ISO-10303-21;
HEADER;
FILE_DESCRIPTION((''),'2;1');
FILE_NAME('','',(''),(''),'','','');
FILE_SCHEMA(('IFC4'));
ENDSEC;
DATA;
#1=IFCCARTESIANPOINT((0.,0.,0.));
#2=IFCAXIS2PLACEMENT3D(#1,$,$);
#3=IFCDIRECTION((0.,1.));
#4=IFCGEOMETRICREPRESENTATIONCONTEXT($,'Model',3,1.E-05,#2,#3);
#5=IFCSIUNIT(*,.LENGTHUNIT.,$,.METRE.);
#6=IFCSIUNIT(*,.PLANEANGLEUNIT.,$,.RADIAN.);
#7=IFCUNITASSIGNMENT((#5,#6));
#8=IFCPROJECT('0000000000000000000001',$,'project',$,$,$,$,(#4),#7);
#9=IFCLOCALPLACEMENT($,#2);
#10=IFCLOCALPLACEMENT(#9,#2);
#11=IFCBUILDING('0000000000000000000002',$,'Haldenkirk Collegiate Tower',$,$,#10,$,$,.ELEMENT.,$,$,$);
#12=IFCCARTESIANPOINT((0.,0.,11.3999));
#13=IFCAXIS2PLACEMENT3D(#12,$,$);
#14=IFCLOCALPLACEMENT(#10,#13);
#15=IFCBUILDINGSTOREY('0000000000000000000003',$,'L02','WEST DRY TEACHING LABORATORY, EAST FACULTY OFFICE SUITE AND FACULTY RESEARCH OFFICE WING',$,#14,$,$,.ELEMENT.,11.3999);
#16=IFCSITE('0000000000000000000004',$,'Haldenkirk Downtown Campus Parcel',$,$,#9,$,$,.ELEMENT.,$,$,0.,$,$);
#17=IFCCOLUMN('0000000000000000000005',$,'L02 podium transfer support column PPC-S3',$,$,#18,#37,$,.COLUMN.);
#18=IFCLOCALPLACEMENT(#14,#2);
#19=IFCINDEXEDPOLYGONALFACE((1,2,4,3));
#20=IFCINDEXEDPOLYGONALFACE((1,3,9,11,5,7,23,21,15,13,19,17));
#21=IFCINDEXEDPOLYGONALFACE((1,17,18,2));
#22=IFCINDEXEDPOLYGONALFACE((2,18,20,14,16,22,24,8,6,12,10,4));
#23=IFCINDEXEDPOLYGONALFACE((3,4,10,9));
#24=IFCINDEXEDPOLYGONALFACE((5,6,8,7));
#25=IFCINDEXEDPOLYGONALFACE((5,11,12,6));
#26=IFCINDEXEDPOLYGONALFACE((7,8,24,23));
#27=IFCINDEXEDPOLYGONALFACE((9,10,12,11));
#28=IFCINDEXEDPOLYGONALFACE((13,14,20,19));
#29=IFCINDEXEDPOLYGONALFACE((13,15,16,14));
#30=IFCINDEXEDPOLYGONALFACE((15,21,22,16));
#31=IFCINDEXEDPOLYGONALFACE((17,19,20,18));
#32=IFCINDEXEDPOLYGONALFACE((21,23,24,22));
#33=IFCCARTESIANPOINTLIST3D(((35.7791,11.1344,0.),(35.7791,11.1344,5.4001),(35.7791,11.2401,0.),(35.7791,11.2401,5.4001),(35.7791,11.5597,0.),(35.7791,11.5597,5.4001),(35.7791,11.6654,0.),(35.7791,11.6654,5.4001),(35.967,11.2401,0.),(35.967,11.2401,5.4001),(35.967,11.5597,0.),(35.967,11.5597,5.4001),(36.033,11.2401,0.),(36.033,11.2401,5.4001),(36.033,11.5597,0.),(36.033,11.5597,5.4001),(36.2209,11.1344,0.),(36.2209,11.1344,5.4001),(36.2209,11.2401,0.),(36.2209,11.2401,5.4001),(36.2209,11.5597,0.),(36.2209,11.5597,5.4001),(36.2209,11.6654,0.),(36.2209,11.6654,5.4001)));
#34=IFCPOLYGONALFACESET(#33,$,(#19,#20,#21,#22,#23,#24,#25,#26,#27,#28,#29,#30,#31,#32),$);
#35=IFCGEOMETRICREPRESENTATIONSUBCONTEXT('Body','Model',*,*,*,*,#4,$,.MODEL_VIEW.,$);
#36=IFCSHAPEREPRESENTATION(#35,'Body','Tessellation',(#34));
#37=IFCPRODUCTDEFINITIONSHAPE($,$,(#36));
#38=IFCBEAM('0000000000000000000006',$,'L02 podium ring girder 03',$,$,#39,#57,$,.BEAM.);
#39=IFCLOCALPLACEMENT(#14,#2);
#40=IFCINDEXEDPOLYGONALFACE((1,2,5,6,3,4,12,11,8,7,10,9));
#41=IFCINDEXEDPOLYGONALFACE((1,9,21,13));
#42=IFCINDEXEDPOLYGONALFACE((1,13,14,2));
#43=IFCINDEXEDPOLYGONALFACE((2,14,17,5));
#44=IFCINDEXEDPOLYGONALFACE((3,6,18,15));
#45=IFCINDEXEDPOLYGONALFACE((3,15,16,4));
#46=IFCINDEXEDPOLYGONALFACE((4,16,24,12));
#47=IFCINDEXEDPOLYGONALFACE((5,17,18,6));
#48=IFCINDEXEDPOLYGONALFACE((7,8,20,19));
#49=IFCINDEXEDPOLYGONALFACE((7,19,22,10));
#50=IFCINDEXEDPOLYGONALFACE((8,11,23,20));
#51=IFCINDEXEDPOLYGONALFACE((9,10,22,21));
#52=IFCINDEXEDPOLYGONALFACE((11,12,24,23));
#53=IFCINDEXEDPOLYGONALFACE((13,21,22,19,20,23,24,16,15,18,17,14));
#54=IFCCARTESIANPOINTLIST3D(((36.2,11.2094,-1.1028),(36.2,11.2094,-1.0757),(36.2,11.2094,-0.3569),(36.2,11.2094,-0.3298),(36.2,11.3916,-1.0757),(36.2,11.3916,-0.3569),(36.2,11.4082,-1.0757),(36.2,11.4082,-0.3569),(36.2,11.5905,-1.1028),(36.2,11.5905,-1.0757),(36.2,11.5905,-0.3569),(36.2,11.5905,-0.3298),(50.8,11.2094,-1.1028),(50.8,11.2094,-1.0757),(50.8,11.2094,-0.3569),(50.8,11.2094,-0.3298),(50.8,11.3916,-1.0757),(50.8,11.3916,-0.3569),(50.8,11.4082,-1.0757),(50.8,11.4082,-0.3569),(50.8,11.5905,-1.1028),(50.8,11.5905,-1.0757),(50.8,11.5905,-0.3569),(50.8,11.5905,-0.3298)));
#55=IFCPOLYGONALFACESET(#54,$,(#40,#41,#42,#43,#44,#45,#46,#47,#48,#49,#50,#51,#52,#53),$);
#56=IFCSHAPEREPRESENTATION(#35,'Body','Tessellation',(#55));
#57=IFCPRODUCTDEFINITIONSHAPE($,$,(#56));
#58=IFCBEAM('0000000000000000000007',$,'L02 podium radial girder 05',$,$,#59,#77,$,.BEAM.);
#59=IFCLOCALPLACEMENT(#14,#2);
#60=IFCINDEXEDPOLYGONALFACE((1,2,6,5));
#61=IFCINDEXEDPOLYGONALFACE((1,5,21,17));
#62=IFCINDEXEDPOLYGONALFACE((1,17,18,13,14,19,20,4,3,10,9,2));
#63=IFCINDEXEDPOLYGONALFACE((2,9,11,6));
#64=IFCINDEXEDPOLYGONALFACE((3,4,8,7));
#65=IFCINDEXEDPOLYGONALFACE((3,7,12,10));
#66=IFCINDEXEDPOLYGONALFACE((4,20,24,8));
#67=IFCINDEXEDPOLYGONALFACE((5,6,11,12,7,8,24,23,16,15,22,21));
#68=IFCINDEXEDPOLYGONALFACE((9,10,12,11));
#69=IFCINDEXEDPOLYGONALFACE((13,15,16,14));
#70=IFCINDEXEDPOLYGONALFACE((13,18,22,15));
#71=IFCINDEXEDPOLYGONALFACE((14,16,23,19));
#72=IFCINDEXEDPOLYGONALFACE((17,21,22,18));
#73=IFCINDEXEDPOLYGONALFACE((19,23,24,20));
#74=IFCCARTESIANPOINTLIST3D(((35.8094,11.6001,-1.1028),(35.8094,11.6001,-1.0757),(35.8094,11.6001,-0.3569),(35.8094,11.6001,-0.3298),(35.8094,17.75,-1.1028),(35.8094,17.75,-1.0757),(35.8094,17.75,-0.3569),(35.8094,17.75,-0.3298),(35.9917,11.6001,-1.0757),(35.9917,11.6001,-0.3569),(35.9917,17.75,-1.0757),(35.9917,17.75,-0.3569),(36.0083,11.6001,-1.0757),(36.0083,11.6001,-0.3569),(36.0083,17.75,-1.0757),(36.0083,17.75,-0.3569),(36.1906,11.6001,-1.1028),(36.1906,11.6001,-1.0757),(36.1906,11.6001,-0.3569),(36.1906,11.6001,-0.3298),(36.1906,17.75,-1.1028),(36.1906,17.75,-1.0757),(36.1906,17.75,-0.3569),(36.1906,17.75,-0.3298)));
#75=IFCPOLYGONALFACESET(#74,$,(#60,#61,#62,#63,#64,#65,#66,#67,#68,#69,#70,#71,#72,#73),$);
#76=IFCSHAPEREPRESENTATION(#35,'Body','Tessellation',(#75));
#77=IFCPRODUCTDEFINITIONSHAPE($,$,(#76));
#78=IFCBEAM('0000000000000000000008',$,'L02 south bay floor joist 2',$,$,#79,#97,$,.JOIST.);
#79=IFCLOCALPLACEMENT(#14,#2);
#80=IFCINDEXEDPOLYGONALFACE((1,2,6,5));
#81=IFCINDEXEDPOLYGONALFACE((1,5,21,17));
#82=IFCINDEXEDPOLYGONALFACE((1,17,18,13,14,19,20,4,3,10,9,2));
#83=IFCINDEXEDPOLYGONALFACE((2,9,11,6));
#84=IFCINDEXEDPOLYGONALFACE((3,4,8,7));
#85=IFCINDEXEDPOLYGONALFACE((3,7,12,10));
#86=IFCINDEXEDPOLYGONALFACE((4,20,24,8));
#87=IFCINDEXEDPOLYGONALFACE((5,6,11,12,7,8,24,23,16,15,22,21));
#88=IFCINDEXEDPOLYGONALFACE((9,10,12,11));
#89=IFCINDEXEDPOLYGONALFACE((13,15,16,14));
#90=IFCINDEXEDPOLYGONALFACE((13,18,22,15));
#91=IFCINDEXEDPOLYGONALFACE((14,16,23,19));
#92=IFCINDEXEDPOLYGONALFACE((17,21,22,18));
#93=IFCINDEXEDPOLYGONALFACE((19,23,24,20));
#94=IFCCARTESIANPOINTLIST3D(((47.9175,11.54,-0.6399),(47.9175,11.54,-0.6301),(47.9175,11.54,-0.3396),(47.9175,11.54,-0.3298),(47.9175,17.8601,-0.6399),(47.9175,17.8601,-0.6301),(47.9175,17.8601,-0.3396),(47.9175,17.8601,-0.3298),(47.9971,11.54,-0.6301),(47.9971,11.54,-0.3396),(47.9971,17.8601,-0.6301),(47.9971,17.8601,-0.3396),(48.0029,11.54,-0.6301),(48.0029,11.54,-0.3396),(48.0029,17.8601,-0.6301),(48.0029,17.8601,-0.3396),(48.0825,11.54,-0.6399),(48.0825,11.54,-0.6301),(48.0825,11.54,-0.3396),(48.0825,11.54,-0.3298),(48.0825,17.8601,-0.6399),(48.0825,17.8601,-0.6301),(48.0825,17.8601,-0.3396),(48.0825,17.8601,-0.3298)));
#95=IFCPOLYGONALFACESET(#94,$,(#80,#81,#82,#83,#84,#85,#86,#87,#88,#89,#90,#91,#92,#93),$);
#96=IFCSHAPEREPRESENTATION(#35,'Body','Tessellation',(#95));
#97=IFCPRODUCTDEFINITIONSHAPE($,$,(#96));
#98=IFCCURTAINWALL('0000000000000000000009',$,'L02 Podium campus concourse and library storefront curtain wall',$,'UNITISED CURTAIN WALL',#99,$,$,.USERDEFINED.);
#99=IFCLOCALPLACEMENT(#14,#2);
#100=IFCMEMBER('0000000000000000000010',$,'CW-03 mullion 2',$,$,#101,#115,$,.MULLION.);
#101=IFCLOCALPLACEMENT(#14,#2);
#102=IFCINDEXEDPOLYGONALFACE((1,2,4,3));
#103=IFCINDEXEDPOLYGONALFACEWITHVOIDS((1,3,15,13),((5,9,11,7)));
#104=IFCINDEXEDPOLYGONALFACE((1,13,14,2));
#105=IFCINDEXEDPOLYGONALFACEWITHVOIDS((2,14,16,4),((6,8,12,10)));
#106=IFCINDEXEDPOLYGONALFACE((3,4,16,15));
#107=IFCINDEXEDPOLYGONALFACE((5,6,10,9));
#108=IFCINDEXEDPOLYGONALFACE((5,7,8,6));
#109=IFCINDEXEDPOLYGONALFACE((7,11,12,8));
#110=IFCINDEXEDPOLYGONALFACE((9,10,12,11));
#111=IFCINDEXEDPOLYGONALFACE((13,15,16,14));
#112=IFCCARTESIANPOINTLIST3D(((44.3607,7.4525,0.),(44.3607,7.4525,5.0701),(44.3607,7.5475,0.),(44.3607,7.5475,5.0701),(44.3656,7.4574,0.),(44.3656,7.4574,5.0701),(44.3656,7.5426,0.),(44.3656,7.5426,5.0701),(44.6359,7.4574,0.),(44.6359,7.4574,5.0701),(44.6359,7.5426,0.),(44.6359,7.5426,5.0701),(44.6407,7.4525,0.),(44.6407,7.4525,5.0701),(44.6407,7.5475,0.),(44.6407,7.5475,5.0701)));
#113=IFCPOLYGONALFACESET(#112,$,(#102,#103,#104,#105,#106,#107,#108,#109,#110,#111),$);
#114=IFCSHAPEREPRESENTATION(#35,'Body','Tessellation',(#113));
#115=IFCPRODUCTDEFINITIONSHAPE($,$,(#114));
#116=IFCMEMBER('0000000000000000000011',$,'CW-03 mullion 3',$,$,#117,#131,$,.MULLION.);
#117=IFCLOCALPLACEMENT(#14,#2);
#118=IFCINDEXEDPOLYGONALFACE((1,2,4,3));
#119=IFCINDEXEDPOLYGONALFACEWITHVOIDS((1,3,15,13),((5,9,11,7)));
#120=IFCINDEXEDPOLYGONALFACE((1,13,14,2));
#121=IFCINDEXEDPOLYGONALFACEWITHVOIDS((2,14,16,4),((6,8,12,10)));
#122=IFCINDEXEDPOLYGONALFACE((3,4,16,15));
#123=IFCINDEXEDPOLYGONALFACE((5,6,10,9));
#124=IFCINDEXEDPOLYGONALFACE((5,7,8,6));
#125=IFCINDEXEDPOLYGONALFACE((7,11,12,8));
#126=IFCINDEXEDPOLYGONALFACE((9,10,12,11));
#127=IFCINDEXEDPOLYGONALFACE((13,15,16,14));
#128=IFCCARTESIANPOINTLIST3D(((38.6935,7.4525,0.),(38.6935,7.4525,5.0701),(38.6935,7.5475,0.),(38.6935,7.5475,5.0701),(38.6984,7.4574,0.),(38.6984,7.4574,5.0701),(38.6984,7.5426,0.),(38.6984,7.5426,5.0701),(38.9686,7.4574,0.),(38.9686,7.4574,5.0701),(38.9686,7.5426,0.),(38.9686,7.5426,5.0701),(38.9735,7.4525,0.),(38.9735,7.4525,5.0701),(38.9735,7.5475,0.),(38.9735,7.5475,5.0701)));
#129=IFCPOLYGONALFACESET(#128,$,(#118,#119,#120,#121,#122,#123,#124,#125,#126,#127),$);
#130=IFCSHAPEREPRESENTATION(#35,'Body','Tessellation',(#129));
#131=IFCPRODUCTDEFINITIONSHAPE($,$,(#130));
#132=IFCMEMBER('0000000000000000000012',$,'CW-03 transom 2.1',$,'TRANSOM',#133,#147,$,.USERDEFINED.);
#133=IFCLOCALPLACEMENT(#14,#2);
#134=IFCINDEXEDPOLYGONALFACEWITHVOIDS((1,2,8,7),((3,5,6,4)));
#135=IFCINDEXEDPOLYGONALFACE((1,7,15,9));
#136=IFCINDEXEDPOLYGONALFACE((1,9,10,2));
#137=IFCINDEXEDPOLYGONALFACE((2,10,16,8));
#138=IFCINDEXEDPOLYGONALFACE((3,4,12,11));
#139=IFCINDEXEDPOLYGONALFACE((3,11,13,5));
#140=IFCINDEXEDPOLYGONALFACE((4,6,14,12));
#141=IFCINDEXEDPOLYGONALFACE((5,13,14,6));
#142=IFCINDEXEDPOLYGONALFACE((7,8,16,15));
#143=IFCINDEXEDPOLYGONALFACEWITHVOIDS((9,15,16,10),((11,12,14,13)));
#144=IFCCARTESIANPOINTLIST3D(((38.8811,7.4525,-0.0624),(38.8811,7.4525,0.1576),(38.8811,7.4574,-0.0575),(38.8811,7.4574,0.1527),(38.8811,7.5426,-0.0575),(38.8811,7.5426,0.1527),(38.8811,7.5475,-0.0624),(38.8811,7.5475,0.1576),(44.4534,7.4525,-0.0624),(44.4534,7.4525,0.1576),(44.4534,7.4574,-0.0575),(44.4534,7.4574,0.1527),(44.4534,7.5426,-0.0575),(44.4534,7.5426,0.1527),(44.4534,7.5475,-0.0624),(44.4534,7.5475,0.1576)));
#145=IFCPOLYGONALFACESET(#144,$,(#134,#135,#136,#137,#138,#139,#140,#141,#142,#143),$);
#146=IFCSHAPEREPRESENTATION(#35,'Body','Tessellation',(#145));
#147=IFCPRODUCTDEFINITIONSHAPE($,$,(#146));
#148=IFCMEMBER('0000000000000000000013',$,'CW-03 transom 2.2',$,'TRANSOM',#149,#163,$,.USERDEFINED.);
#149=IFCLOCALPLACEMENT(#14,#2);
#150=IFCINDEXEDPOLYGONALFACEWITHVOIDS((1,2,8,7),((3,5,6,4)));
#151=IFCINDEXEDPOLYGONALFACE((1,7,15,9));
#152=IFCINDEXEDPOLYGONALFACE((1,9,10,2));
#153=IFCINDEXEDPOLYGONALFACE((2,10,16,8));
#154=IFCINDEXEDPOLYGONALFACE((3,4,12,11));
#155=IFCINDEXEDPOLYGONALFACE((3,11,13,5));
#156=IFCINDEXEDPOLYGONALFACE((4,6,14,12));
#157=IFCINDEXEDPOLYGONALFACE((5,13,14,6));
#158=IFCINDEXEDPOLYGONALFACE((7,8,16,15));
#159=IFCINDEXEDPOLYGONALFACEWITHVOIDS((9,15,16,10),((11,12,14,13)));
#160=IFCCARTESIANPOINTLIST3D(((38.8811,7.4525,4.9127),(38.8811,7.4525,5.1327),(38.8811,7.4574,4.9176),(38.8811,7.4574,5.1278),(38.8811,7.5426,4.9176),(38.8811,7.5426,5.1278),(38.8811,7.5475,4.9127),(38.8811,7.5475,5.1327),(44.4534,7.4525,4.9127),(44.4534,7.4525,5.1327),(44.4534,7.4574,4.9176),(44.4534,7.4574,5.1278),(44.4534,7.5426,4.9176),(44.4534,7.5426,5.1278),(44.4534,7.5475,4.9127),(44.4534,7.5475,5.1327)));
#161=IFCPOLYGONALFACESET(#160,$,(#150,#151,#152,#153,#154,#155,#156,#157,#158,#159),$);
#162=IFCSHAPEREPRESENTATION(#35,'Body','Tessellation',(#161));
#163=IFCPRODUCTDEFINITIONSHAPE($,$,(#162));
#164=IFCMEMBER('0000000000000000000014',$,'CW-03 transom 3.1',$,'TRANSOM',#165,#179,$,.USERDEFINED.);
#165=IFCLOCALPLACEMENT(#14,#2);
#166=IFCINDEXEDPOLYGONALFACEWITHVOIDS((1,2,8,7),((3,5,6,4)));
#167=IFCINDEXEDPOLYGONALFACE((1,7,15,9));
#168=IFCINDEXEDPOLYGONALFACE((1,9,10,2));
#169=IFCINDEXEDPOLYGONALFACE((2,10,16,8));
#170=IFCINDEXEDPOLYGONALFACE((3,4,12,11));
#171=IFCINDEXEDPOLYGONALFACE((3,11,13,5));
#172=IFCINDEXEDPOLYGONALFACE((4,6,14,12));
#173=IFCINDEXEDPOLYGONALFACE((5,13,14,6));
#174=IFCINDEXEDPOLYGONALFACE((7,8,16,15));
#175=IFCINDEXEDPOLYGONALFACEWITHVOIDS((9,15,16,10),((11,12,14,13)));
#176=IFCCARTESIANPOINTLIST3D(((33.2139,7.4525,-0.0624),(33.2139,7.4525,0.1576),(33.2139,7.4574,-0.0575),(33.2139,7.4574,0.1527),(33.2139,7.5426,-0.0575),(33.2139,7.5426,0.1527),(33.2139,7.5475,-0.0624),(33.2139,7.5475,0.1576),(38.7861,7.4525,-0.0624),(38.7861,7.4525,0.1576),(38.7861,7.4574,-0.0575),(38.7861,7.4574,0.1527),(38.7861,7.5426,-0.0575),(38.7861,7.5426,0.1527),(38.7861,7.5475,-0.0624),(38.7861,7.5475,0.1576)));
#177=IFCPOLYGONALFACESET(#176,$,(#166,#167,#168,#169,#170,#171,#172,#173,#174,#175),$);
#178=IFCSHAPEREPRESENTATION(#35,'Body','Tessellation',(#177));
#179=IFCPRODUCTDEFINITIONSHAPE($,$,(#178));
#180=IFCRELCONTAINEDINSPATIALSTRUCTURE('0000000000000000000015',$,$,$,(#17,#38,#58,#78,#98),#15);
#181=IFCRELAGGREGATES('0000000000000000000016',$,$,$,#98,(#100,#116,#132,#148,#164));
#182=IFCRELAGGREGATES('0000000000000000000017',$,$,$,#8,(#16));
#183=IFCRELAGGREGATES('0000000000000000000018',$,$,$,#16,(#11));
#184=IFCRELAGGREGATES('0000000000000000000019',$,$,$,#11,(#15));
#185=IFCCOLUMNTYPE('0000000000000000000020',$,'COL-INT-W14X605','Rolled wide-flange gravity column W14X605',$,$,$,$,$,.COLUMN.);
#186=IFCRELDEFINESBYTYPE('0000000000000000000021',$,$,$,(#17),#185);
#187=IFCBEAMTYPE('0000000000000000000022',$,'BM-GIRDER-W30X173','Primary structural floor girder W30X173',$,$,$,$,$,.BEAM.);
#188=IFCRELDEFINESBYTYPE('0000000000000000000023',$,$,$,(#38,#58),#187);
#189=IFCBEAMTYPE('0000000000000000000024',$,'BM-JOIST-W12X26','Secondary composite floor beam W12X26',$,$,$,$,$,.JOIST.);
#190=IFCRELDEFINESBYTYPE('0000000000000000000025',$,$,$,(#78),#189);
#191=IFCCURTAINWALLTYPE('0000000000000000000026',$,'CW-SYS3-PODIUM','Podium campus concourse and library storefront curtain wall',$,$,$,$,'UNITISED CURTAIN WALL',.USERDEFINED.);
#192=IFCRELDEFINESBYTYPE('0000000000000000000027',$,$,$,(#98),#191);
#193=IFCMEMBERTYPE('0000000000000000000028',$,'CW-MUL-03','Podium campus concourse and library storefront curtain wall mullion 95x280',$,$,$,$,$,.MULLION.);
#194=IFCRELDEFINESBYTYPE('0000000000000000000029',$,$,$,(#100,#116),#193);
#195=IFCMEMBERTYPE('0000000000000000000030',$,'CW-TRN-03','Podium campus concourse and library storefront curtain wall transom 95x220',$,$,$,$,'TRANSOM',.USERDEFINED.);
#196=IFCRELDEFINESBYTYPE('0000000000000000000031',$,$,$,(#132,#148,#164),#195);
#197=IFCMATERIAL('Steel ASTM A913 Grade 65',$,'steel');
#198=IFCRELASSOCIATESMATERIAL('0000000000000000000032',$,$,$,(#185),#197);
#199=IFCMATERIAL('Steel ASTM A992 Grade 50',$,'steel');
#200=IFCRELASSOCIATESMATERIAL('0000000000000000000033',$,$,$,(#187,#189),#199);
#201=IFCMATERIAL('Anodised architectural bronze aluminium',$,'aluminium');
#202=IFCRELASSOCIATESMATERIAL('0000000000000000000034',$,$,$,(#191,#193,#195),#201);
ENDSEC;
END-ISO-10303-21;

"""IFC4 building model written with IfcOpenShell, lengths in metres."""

from ifc_helpers import new_model, si_unit, direction, frame, origin, origin_2d, place, context, subcontext, project, spatial, hollow_rectangle, i_section, extrude, material, material_profile, profile_set, type_object, element, aggregate, save


model = new_model("IFC4")

# Units and contexts
model_context = context("Model", 3, precision=1e-05, world=origin(), true_north=direction((0.0, 1.0)))
body_context = subcontext(model_context, "Body", "Model", "MODEL_VIEW")
ifc_project = project(units=[si_unit("LENGTHUNIT", "METRE"), si_unit("PLANEANGLEUNIT", "RADIAN")], contexts=[model_context])

# Site, building, storey
site_placement = place(None, origin())
site = spatial("IfcSite", under=ifc_project, at=site_placement, Name="Haldenkirk Downtown Campus Parcel", CompositionType="ELEMENT", RefElevation=0.0)
building_placement = place(site_placement, origin())
building = spatial("IfcBuilding", under=site, at=building_placement, Name="Haldenkirk Collegiate Tower", CompositionType="ELEMENT")
storey_placement = place(building_placement, frame((0.0, 0.0, 11.3999)))
storey = spatial("IfcBuildingStorey", under=building, at=storey_placement, Name="L02", Description="WEST DRY TEACHING LABORATORY, EAST FACULTY OFFICE SUITE AND FACULTY RESEARCH OFFICE WING", CompositionType="ELEMENT", Elevation=11.3999)

# Column
ifc_material_1 = material(Name="Steel ASTM A913 Grade 65", Category="steel")
ifc_material_profile_1 = material_profile(ifc_material_1, i_section(OverallWidth=0.4419, OverallDepth=0.531, WebThickness=0.0659, FlangeThickness=0.1057, at=origin_2d()), Name="W14X605")
ifc_profile_set_1 = profile_set([ifc_material_profile_1], Name="Steel ASTM A913 Grade 65")
column_type = type_object("IfcColumnType", Name="COL-INT-W14X605", Description="Rolled wide-flange gravity column W14X605", PredefinedType="COLUMN", material=ifc_profile_set_1)
column_placement = place(storey_placement, frame((36.0, 11.3999, 0.0), z_axis=(0.0, 0.0, 1.0), x_axis=(1.0, 0.0, 0.0)))
element("IfcColumn", 1, at=column_placement, inside=storey, type_object=column_type, Name="L02 podium transfer support column PPC-S3", PredefinedType="COLUMN", context=body_context, shape_type="SweptSolid", body=[
    extrude(i_section(OverallWidth=0.4419, OverallDepth=0.531, WebThickness=0.0659, FlangeThickness=0.1057, at=origin_2d()), origin(), (0.0, 0.0, 1.0), 5.4001),
])

# Beams
ifc_material_2 = material(Name="Steel ASTM A992 Grade 50", Category="steel")
ifc_material_profile_2 = material_profile(ifc_material_2, i_section(OverallWidth=0.3811, OverallDepth=0.7729, WebThickness=0.0166, FlangeThickness=0.0271, at=origin_2d()), Name="W30X173")
ifc_profile_set_2 = profile_set([ifc_material_profile_2], Name="Steel ASTM A992 Grade 50")
beam_type_1 = type_object("IfcBeamType", Name="BM-GIRDER-W30X173", Description="Primary structural floor girder W30X173", PredefinedType="BEAM", material=ifc_profile_set_2)
beam_1_placement = place(storey_placement, frame((36.2, 11.3999, -0.7163), z_axis=(1.0, 0.0, 0.0), x_axis=(0.0, 1.0, 0.0)))
element("IfcBeam", 2, at=beam_1_placement, inside=storey, type_object=beam_type_1, Name="L02 podium ring girder 03", PredefinedType="BEAM", context=body_context, shape_type="SweptSolid", body=[
    extrude(i_section(OverallWidth=0.3811, OverallDepth=0.7729, WebThickness=0.0166, FlangeThickness=0.0271, at=origin_2d()), origin(), (0.0, 0.0, 1.0), 14.6001),
])
beam_2_placement = place(storey_placement, frame((36.0, 11.6001, -0.7163), z_axis=(0.0, 1.0, 0.0), x_axis=(-1.0, 0.0, 0.0)))
element("IfcBeam", 3, at=beam_2_placement, inside=storey, type_object=beam_type_1, Name="L02 podium radial girder 05", PredefinedType="BEAM", context=body_context, shape_type="SweptSolid", body=[
    extrude(i_section(OverallWidth=0.3811, OverallDepth=0.7729, WebThickness=0.0166, FlangeThickness=0.0271, at=origin_2d()), origin(), (0.0, 0.0, 1.0), 6.1499),
])
ifc_material_profile_3 = material_profile(ifc_material_2, i_section(OverallWidth=0.165, OverallDepth=0.3101, WebThickness=0.0059, FlangeThickness=0.0098, at=origin_2d()), Name="W12X26")
ifc_profile_set_3 = profile_set([ifc_material_profile_3], Name="Steel ASTM A992 Grade 50")
beam_type_2 = type_object("IfcBeamType", Name="BM-JOIST-W12X26", Description="Secondary composite floor beam W12X26", PredefinedType="JOIST", material=ifc_profile_set_3)
beam_3_placement = place(storey_placement, frame((48.0, 11.54, -0.4849), z_axis=(0.0, 1.0, 0.0), x_axis=(-1.0, 0.0, 0.0)))
element("IfcBeam", 4, at=beam_3_placement, inside=storey, type_object=beam_type_2, Name="L02 south bay floor joist 2", PredefinedType="JOIST", context=body_context, shape_type="SweptSolid", body=[
    extrude(i_section(OverallWidth=0.165, OverallDepth=0.3101, WebThickness=0.0059, FlangeThickness=0.0098, at=origin_2d()), origin(), (0.0, 0.0, 1.0), 6.3201),
])

# Curtain wall, members
ifc_material_3 = material(Name="Anodised architectural bronze aluminium", Category="aluminium")
curtain_wall_type = type_object("IfcCurtainWallType", Name="CW-SYS3-PODIUM", Description="Podium campus concourse and library storefront curtain wall", ElementType="UNITISED CURTAIN WALL", PredefinedType="USERDEFINED", material=ifc_material_3)
curtain_wall_placement = place(storey_placement, origin())
curtain_wall = element("IfcCurtainWall", 5, at=curtain_wall_placement, inside=storey, type_object=curtain_wall_type, Name="L02 Podium campus concourse and library storefront curtain wall", ObjectType="UNITISED CURTAIN WALL", PredefinedType="USERDEFINED")
ifc_material_profile_4 = material_profile(ifc_material_3, hollow_rectangle(XDim=0.095, YDim=0.28, WallThickness=0.0049, at=origin_2d()), Name="CW-MUL-03")
ifc_profile_set_4 = profile_set([ifc_material_profile_4], Name="Anodised architectural bronze aluminium")
member_type_1 = type_object("IfcMemberType", Name="CW-MUL-03", Description="Podium campus concourse and library storefront curtain wall mullion 95x280", PredefinedType="MULLION", material=ifc_profile_set_4)
member_1_placement = place(storey_placement, frame((44.5007, 7.5, 0.0), z_axis=(0.0, 0.0, 1.0), x_axis=(0.0, -1.0, 0.0)))
member_1 = element("IfcMember", 6, at=member_1_placement, type_object=member_type_1, Name="CW-03 mullion 2", PredefinedType="MULLION", context=body_context, shape_type="SweptSolid", body=[
    extrude(hollow_rectangle(XDim=0.095, YDim=0.28, WallThickness=0.0049, at=origin_2d()), origin(), (0.0, 0.0, 1.0), 5.0701),
])
member_2_placement = place(storey_placement, frame((38.8335, 7.5, 0.0), z_axis=(0.0, 0.0, 1.0), x_axis=(0.0, -1.0, 0.0)))
member_2 = element("IfcMember", 7, at=member_2_placement, type_object=member_type_1, Name="CW-03 mullion 3", PredefinedType="MULLION", context=body_context, shape_type="SweptSolid", body=[
    extrude(hollow_rectangle(XDim=0.095, YDim=0.28, WallThickness=0.0049, at=origin_2d()), origin(), (0.0, 0.0, 1.0), 5.0701),
])
ifc_material_profile_5 = material_profile(ifc_material_3, hollow_rectangle(XDim=0.095, YDim=0.22, WallThickness=0.0049, at=origin_2d()), Name="CW-TRN-03")
ifc_profile_set_5 = profile_set([ifc_material_profile_5], Name="Anodised architectural bronze aluminium")
member_type_2 = type_object("IfcMemberType", Name="CW-TRN-03", Description="Podium campus concourse and library storefront curtain wall transom 95x220", ElementType="TRANSOM", PredefinedType="USERDEFINED", material=ifc_profile_set_5)
member_3_placement = place(storey_placement, frame((44.4534, 7.5, 0.0476), z_axis=(-1.0, 0.0, 0.0), x_axis=(0.0, -1.0, 0.0)))
member_3 = element("IfcMember", 8, at=member_3_placement, type_object=member_type_2, Name="CW-03 transom 2.1", ObjectType="TRANSOM", PredefinedType="USERDEFINED", context=body_context, shape_type="SweptSolid", body=[
    extrude(hollow_rectangle(XDim=0.095, YDim=0.22, WallThickness=0.0049, at=origin_2d()), origin(), (0.0, 0.0, 1.0), 5.5723),
])
member_4_placement = place(storey_placement, frame((44.4534, 7.5, 5.0227), z_axis=(-1.0, 0.0, 0.0), x_axis=(0.0, -1.0, 0.0)))
member_4 = element("IfcMember", 9, at=member_4_placement, type_object=member_type_2, Name="CW-03 transom 2.2", ObjectType="TRANSOM", PredefinedType="USERDEFINED", context=body_context, shape_type="SweptSolid", body=[
    extrude(hollow_rectangle(XDim=0.095, YDim=0.22, WallThickness=0.0049, at=origin_2d()), origin(), (0.0, 0.0, 1.0), 5.5723),
])
member_5_placement = place(storey_placement, frame((38.7861, 7.5, 0.0476), z_axis=(-1.0, 0.0, 0.0), x_axis=(0.0, -1.0, 0.0)))
member_5 = element("IfcMember", 10, at=member_5_placement, type_object=member_type_2, Name="CW-03 transom 3.1", ObjectType="TRANSOM", PredefinedType="USERDEFINED", context=body_context, shape_type="SweptSolid", body=[
    extrude(hollow_rectangle(XDim=0.095, YDim=0.22, WallThickness=0.0049, at=origin_2d()), origin(), (0.0, 0.0, 1.0), 5.5723),
])
aggregate(curtain_wall, [member_1, member_2, member_3, member_4, member_5])

save(model, "model.ifc")
